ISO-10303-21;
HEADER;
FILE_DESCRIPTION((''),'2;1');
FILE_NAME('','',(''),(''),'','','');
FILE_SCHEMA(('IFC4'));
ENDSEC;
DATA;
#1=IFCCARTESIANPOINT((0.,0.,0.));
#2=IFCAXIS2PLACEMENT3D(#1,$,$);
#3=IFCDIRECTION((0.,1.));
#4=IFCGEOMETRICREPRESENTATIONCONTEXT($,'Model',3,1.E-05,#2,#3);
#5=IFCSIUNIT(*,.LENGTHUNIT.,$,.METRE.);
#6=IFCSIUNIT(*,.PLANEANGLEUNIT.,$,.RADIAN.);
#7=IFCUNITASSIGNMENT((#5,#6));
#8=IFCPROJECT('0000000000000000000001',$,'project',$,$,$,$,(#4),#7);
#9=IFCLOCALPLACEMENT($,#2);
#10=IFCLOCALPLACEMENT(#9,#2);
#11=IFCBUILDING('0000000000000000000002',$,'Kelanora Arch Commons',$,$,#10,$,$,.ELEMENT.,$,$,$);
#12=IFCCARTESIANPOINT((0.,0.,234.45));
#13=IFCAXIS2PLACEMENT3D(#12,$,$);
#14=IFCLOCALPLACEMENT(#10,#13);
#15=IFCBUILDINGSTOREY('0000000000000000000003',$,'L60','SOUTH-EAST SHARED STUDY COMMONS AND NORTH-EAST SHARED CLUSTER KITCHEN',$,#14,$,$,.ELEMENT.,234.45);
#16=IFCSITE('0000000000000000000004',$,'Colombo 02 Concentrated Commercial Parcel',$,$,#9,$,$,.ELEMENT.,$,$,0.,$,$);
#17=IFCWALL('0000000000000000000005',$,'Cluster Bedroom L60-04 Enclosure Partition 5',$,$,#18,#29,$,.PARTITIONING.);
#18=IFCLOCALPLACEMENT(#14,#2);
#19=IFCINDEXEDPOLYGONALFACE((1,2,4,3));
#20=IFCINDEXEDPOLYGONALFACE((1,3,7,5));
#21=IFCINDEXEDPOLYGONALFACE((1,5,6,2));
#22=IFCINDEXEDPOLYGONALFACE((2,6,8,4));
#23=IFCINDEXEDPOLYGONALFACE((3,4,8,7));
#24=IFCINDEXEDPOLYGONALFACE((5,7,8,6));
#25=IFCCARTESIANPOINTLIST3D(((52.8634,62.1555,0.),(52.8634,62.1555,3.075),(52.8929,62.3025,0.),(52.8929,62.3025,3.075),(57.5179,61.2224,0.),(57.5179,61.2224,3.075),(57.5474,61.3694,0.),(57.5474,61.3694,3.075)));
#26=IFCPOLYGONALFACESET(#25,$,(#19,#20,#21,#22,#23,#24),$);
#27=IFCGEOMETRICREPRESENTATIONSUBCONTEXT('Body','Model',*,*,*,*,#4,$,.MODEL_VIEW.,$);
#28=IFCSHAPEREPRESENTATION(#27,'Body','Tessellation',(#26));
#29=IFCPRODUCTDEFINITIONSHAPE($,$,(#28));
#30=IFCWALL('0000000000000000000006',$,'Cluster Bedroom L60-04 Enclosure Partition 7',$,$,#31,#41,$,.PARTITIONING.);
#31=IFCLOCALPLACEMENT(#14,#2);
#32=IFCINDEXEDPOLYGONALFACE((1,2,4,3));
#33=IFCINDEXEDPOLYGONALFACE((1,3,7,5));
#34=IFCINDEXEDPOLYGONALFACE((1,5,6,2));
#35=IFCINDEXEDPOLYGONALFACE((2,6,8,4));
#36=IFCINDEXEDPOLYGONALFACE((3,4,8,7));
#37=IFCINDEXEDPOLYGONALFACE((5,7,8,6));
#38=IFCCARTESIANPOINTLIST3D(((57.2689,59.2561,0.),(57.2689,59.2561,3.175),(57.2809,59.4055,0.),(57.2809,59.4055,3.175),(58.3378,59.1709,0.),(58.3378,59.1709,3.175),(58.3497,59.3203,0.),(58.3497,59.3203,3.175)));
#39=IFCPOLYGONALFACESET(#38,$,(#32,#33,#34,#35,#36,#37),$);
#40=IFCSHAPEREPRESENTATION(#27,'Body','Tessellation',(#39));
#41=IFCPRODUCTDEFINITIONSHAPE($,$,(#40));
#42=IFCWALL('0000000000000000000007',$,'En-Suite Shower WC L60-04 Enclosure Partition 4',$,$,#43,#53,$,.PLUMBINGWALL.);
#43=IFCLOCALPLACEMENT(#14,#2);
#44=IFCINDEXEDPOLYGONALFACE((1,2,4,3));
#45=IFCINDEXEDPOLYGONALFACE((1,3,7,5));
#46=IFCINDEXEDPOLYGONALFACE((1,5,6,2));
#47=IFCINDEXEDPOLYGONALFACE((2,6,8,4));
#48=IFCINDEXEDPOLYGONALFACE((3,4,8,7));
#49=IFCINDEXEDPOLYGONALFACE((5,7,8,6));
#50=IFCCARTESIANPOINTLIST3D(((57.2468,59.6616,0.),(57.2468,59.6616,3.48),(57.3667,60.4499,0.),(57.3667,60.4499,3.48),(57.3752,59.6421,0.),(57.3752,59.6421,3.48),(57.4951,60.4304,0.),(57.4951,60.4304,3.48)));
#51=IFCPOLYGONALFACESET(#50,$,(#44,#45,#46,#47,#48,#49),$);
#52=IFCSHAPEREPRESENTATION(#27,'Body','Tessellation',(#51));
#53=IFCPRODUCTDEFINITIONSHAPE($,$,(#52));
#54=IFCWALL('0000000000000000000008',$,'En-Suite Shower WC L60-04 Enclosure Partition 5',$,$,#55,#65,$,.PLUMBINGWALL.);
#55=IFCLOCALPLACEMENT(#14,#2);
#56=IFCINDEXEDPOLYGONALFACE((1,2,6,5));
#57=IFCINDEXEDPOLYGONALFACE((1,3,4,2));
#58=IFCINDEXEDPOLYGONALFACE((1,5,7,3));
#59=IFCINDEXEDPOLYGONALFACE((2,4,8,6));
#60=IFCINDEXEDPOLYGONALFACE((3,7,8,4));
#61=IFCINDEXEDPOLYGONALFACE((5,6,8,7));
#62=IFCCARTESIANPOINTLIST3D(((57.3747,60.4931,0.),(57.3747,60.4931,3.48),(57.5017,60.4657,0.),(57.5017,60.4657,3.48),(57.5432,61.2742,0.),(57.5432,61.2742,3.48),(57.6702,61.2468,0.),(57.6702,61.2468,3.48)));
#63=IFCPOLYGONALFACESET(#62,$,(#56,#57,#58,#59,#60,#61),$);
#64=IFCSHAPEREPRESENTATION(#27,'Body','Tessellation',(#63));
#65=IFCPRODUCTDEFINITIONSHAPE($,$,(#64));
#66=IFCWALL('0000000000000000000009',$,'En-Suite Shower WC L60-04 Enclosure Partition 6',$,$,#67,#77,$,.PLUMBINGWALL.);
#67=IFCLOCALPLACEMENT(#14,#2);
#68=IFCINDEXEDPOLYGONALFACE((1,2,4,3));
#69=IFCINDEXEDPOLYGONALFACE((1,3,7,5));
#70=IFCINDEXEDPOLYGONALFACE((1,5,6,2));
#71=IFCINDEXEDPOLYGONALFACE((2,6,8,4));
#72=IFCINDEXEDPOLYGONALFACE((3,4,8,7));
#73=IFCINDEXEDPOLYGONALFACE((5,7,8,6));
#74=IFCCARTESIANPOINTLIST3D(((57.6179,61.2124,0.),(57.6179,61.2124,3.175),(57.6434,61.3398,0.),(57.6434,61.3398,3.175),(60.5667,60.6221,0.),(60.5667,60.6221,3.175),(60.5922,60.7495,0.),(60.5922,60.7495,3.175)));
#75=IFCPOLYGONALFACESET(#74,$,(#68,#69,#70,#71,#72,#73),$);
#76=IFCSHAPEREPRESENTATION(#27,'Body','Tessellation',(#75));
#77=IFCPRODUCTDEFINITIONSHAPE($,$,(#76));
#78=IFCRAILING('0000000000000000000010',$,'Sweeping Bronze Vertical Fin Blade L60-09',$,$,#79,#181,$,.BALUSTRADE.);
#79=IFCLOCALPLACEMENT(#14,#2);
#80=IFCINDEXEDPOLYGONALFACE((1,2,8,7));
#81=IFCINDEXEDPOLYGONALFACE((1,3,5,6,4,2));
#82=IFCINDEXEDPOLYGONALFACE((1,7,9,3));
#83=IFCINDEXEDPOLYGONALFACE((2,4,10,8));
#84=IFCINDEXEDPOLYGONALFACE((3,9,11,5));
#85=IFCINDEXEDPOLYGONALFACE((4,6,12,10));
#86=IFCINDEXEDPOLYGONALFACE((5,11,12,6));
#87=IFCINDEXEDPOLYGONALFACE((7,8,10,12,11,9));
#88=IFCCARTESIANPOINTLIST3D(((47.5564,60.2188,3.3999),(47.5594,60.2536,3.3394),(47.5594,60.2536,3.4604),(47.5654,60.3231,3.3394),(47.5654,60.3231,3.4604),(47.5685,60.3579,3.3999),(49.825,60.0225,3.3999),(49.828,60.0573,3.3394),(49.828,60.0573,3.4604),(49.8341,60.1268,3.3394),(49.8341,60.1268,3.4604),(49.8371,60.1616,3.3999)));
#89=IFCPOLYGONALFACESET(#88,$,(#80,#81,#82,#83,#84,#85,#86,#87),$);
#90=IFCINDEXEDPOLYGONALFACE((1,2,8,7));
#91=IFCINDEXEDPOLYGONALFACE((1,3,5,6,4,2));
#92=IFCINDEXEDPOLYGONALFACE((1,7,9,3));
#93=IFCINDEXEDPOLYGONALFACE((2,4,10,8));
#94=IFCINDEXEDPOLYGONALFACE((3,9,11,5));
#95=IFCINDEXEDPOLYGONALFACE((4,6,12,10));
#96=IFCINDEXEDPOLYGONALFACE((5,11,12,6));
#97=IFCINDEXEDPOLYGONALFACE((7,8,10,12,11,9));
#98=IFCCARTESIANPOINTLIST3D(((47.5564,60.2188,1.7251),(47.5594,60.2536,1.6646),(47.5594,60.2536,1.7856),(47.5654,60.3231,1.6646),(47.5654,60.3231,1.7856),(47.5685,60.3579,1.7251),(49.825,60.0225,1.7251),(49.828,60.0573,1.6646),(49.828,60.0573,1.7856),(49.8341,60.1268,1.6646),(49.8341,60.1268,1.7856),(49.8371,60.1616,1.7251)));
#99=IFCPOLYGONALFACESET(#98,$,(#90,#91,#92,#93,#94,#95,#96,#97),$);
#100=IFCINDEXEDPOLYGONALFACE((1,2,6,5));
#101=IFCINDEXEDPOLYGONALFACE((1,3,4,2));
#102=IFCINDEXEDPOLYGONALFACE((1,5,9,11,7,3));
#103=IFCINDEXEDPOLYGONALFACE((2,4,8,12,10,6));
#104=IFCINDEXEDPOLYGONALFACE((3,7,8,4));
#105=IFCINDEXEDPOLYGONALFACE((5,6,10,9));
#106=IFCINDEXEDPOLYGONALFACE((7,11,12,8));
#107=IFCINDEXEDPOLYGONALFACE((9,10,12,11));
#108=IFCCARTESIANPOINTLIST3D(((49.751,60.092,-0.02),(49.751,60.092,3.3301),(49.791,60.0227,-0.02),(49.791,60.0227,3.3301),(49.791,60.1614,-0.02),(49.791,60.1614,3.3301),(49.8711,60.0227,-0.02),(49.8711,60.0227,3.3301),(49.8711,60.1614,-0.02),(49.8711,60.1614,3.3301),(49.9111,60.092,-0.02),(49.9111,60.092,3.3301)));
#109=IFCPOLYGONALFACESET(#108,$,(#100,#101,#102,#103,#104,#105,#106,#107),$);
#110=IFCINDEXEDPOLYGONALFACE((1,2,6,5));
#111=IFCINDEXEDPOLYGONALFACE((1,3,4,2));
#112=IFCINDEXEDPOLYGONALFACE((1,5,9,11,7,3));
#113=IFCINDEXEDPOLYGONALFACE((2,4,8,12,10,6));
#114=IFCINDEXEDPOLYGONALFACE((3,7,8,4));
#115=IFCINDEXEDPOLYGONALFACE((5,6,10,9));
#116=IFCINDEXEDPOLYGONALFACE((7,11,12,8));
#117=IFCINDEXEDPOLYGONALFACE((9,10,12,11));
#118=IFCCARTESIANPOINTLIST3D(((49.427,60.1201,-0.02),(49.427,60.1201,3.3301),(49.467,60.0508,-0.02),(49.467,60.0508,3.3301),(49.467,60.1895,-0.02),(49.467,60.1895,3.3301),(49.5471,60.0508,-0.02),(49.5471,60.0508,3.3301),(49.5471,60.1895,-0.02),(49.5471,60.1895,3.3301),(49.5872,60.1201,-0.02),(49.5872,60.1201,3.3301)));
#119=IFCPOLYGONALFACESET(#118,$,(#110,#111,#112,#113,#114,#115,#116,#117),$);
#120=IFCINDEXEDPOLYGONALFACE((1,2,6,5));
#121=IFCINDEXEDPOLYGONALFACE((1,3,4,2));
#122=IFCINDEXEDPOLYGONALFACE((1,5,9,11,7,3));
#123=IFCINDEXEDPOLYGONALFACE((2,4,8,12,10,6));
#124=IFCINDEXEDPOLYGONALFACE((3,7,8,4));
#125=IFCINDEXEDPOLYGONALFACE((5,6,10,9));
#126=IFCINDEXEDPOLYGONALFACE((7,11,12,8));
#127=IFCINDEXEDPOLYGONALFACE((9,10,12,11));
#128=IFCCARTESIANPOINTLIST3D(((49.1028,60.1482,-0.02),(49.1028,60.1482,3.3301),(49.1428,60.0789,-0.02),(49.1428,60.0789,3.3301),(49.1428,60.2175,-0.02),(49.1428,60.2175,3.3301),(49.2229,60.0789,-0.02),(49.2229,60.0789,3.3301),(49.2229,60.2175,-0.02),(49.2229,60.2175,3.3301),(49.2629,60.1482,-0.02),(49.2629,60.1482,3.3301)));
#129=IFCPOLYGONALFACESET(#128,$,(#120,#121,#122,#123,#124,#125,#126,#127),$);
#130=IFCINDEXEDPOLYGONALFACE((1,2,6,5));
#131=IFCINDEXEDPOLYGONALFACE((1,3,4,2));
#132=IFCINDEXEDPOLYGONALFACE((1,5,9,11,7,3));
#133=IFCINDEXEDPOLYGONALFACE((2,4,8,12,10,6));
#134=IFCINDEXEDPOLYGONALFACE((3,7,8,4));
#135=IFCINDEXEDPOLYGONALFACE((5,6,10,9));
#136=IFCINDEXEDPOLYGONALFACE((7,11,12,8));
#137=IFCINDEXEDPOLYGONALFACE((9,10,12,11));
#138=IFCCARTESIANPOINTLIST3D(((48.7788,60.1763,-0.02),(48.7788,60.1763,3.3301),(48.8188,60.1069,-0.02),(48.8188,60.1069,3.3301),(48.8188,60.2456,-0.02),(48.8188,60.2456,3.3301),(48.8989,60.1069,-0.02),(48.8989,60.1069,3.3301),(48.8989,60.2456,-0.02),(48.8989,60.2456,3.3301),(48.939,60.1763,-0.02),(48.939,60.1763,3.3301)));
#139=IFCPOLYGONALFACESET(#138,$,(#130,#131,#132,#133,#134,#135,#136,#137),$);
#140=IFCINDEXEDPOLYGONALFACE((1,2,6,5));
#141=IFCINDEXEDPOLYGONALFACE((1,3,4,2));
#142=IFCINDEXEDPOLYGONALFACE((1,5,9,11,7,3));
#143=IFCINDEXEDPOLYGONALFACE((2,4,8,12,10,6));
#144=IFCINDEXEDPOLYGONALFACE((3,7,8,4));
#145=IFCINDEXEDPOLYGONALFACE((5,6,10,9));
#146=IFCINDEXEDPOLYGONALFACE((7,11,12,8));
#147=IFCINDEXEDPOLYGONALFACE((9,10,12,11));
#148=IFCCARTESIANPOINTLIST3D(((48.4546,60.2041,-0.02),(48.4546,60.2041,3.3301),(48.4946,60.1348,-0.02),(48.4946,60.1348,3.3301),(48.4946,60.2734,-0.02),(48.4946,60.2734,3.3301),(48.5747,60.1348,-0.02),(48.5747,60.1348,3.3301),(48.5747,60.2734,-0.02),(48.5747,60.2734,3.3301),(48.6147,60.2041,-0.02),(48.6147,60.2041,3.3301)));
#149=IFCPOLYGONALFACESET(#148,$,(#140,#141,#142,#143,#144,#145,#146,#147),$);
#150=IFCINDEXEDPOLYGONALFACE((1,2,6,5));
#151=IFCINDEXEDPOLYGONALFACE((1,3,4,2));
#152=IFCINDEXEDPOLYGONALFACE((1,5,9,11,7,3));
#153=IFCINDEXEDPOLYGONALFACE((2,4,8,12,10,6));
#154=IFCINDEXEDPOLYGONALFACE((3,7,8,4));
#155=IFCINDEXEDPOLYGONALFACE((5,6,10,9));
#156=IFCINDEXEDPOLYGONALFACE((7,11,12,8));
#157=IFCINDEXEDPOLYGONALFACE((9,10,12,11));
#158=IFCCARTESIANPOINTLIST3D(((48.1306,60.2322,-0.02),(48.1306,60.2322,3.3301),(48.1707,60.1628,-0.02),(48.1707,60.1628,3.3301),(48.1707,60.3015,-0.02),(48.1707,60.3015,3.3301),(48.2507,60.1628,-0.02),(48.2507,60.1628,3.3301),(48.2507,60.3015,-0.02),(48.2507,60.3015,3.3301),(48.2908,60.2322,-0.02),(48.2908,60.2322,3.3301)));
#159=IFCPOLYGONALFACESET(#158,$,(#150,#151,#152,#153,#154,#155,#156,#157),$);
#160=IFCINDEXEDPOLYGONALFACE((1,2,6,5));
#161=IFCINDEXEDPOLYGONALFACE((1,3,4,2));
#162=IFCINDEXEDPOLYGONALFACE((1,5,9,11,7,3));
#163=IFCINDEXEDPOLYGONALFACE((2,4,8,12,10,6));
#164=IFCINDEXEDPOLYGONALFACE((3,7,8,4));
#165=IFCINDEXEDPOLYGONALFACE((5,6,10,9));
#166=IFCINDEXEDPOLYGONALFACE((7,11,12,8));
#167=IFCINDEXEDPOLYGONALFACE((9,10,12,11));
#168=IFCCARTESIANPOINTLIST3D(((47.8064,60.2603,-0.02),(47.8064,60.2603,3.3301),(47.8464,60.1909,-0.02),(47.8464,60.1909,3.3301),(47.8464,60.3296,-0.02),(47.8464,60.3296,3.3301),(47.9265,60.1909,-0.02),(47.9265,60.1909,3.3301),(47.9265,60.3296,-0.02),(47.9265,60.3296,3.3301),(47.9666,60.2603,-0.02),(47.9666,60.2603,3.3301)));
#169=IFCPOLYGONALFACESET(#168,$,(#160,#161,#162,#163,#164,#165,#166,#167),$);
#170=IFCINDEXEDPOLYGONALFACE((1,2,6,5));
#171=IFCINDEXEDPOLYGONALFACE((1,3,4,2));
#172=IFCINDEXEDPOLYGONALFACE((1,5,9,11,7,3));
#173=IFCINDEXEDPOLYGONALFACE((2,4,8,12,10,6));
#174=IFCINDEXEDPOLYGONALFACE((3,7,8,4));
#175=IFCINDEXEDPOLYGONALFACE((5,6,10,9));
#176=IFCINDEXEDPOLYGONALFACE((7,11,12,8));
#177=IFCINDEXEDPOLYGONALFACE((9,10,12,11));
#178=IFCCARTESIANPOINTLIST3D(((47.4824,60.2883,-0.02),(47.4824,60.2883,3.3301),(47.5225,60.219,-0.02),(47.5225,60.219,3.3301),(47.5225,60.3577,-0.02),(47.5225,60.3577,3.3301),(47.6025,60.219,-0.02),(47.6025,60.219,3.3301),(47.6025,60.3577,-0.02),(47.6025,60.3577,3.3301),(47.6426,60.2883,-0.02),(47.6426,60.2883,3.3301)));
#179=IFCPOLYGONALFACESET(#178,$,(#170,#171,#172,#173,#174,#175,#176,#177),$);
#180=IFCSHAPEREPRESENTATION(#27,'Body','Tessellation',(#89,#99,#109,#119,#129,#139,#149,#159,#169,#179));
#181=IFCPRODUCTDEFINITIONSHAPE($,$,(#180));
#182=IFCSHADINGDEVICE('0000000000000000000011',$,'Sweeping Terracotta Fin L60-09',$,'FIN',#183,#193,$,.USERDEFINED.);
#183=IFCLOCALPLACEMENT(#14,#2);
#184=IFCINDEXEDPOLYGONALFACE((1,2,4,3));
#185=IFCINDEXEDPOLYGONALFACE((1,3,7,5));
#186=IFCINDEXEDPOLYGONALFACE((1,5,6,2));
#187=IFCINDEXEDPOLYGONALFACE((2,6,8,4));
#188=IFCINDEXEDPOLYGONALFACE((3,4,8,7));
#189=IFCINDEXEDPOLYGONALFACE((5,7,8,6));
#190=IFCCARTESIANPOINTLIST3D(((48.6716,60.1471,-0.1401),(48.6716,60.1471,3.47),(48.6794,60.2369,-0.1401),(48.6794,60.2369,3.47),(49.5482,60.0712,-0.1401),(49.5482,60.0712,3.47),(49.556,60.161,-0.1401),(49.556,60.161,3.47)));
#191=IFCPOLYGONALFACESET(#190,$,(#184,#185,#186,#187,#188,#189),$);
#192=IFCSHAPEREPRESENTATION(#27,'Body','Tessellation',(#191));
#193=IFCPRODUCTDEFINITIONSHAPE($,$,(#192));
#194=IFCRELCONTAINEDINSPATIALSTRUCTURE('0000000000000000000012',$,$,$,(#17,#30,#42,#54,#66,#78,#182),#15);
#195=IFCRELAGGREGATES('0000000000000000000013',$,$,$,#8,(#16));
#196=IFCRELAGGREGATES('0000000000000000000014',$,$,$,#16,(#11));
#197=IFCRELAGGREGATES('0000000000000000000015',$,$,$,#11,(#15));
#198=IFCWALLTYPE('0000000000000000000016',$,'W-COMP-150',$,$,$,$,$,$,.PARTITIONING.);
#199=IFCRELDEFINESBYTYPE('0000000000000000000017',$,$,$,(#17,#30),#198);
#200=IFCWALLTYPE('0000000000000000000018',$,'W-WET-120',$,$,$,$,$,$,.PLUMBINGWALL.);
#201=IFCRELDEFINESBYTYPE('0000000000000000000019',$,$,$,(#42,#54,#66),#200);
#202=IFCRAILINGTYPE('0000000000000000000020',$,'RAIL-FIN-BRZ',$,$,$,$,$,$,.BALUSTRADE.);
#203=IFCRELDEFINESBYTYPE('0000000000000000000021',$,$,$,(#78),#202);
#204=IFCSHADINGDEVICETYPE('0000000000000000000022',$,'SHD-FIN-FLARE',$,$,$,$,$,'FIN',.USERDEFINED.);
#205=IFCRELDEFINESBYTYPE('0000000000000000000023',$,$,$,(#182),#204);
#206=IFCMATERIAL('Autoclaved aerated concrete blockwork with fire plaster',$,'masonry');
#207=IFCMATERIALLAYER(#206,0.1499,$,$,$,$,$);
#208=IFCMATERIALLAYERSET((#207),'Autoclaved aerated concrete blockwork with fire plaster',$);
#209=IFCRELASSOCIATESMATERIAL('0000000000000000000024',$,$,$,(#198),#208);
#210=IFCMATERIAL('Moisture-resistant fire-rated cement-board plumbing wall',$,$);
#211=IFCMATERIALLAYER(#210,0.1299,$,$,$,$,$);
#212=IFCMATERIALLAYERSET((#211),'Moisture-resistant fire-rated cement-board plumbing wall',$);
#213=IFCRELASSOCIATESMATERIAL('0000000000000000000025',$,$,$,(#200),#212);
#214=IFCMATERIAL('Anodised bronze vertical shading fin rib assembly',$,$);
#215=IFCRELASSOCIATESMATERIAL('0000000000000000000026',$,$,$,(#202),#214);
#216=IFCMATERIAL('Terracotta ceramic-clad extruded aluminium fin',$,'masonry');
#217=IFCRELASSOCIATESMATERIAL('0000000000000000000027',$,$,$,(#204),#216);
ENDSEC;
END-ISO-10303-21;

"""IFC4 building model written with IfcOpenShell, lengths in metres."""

from ifc_helpers import new_model, si_unit, direction, frame, frame_2d, origin, origin_2d, place, context, subcontext, project, spatial, polyline, rectangle, outline, extrude, source, transform, mapped, material, layer, layer_set, type_object, element, save


model = new_model("IFC4")

# Units and contexts
model_context = context("Model", 3, precision=1e-05, world=origin(), true_north=direction((0.0, 1.0)))
body_context = subcontext(model_context, "Body", "Model", "MODEL_VIEW")
ifc_project = project(units=[si_unit("LENGTHUNIT", "METRE"), si_unit("PLANEANGLEUNIT", "RADIAN")], contexts=[model_context])

# Site, building, storey
site_placement = place(None, origin())
site = spatial("IfcSite", under=ifc_project, at=site_placement, Name="Colombo 02 Concentrated Commercial Parcel", CompositionType="ELEMENT", RefElevation=0.0)
building_placement = place(site_placement, origin())
building = spatial("IfcBuilding", under=site, at=building_placement, Name="Kelanora Arch Commons", CompositionType="ELEMENT")
storey_placement = place(building_placement, frame((0.0, 0.0, 234.45)))
storey = spatial("IfcBuildingStorey", under=building, at=storey_placement, Name="L60", Description="SOUTH-EAST SHARED STUDY COMMONS AND NORTH-EAST SHARED CLUSTER KITCHEN", CompositionType="ELEMENT", Elevation=234.45)

# Walls
ifc_material_1 = material(Name="Autoclaved aerated concrete blockwork with fire plaster", Category="masonry")
ifc_layer_1 = layer(ifc_material_1, 0.1499)
ifc_layer_set_1 = layer_set([ifc_layer_1], Name="Autoclaved aerated concrete blockwork with fire plaster")
wall_type_1 = type_object("IfcWallType", Name="W-COMP-150", PredefinedType="PARTITIONING", material=ifc_layer_set_1)
wall_1_placement = place(storey_placement, frame((52.8782, 62.229, 0.0), z_axis=(0.0, 0.0, 1.0), x_axis=(0.980492, -0.196561, 0.0)))
element("IfcWall", 1, at=wall_1_placement, inside=storey, type_object=wall_type_1, Name="Cluster Bedroom L60-04 Enclosure Partition 5", PredefinedType="PARTITIONING", context=body_context, shape_type="SweptSolid", body=[
    extrude(rectangle(XDim=4.7471, YDim=0.1499, at=frame_2d((2.3735, 0.0))), origin(), (0.0, 0.0, 1.0), 3.075),
])
wall_2_placement = place(storey_placement, frame((57.2749, 59.3308, 0.0), z_axis=(0.0, 0.0, 1.0), x_axis=(0.996838, -0.079465, 0.0)))
element("IfcWall", 2, at=wall_2_placement, inside=storey, type_object=wall_type_1, Name="Cluster Bedroom L60-04 Enclosure Partition 7", PredefinedType="PARTITIONING", context=body_context, shape_type="SweptSolid", body=[
    extrude(rectangle(XDim=1.0723, YDim=0.1499, at=frame_2d((0.5361, 0.0))), origin(), (0.0, 0.0, 1.0), 3.175),
])
ifc_material_2 = material(Name="Moisture-resistant fire-rated cement-board plumbing wall")
ifc_layer_2 = layer(ifc_material_2, 0.1299)
ifc_layer_set_2 = layer_set([ifc_layer_2], Name="Moisture-resistant fire-rated cement-board plumbing wall")
wall_type_2 = type_object("IfcWallType", Name="W-WET-120", PredefinedType="PLUMBINGWALL", material=ifc_layer_set_2)
wall_3_placement = place(storey_placement, frame((57.311, 59.6519, 0.0), z_axis=(0.0, 0.0, 1.0), x_axis=(0.150331, 0.988636, 0.0)))
element("IfcWall", 3, at=wall_3_placement, inside=storey, type_object=wall_type_2, Name="En-Suite Shower WC L60-04 Enclosure Partition 4", PredefinedType="PLUMBINGWALL", context=body_context, shape_type="SweptSolid", body=[
    extrude(rectangle(XDim=0.7974, YDim=0.1299, at=frame_2d((0.3987, 0.0))), origin(), (0.0, 0.0, 1.0), 3.48),
])
wall_4_placement = place(storey_placement, frame((57.4382, 60.4795, 0.0), z_axis=(0.0, 0.0, 1.0), x_axis=(0.210844, 0.97752, 0.0)))
element("IfcWall", 4, at=wall_4_placement, inside=storey, type_object=wall_type_2, Name="En-Suite Shower WC L60-04 Enclosure Partition 5", PredefinedType="PLUMBINGWALL", context=body_context, shape_type="SweptSolid", body=[
    extrude(rectangle(XDim=0.7991, YDim=0.1299, at=frame_2d((0.3994, 0.0))), origin(), (0.0, 0.0, 1.0), 3.48),
])
wall_5_placement = place(storey_placement, frame((57.6306, 61.2761, 0.0), z_axis=(0.0, 0.0, 1.0), x_axis=(0.980543, -0.196303, 0.0)))
element("IfcWall", 5, at=wall_5_placement, inside=storey, type_object=wall_type_2, Name="En-Suite Shower WC L60-04 Enclosure Partition 6", PredefinedType="PLUMBINGWALL", context=body_context, shape_type="SweptSolid", body=[
    extrude(rectangle(XDim=3.0073, YDim=0.1299, at=frame_2d((1.5037, 0.0))), origin(), (0.0, 0.0, 1.0), 3.175),
])

# Railing
ifc_material_3 = material(Name="Anodised bronze vertical shading fin rib assembly")
railing_type = type_object("IfcRailingType", Name="RAIL-FIN-BRZ", PredefinedType="BALUSTRADE", material=ifc_material_3)
railing_placement = place(storey_placement, frame((49.8311, 60.092, -0.02)))
element("IfcRailing", 6, at=railing_placement, inside=storey, type_object=railing_type, Name="Sweeping Bronze Vertical Fin Blade L60-09", PredefinedType="BALUSTRADE", context=body_context, shape_type="SweptSolid", body=[
    extrude(outline(polyline([(0.0698, 0.0), (0.0349, 0.0605), (-0.0349, 0.0605), (-0.0698, 0.0), (-0.0349, -0.0605), (0.0349, -0.0605), (0.0698, 0.0)])), frame((0.0, 0.0, 3.4199), z_axis=(-0.996278, 0.086204, 0.0), x_axis=(-0.086204, -0.996278, 0.0)), (0.0, 0.0, 1.0), 2.2771),
    extrude(outline(polyline([(0.0698, 0.0), (0.0349, 0.0605), (-0.0349, 0.0605), (-0.0698, 0.0), (-0.0349, -0.0605), (0.0349, -0.0605), (0.0698, 0.0)])), frame((0.0, 0.0, 1.7451), z_axis=(-0.996278, 0.086204, 0.0), x_axis=(-0.086204, -0.996278, 0.0)), (0.0, 0.0, 1.0), 2.2771),
    extrude(outline(polyline([(0.0801, 0.0), (0.04, 0.0693), (-0.04, 0.0693), (-0.0801, 0.0), (-0.04, -0.0693), (0.04, -0.0693), (0.0801, 0.0)])), origin(), (0.0, 0.0, 1.0), 3.3501),
    extrude(outline(polyline([(0.0801, 0.0), (0.04, 0.0693), (-0.04, 0.0693), (-0.0801, 0.0), (-0.04, -0.0693), (0.04, -0.0693), (0.0801, 0.0)])), frame((-0.324, 0.0281, 0.0)), (0.0, 0.0, 1.0), 3.3501),
    extrude(outline(polyline([(0.0801, 0.0), (0.04, 0.0693), (-0.04, 0.0693), (-0.0801, 0.0), (-0.04, -0.0693), (0.04, -0.0693), (0.0801, 0.0)])), frame((-0.6482, 0.0562, 0.0)), (0.0, 0.0, 1.0), 3.3501),
    extrude(outline(polyline([(0.0801, 0.0), (0.04, 0.0693), (-0.04, 0.0693), (-0.0801, 0.0), (-0.04, -0.0693), (0.04, -0.0693), (0.0801, 0.0)])), frame((-0.9722, 0.0842, 0.0)), (0.0, 0.0, 1.0), 3.3501),
    extrude(outline(polyline([(0.0801, 0.0), (0.04, 0.0693), (-0.04, 0.0693), (-0.0801, 0.0), (-0.04, -0.0693), (0.04, -0.0693), (0.0801, 0.0)])), frame((-1.2964, 0.1121, 0.0)), (0.0, 0.0, 1.0), 3.3501),
    extrude(outline(polyline([(0.0801, 0.0), (0.04, 0.0693), (-0.04, 0.0693), (-0.0801, 0.0), (-0.04, -0.0693), (0.04, -0.0693), (0.0801, 0.0)])), frame((-1.6204, 0.1401, 0.0)), (0.0, 0.0, 1.0), 3.3501),
    extrude(outline(polyline([(0.0801, 0.0), (0.04, 0.0693), (-0.04, 0.0693), (-0.0801, 0.0), (-0.04, -0.0693), (0.04, -0.0693), (0.0801, 0.0)])), frame((-1.9446, 0.1682, 0.0)), (0.0, 0.0, 1.0), 3.3501),
    extrude(outline(polyline([(0.0801, 0.0), (0.04, 0.0693), (-0.04, 0.0693), (-0.0801, 0.0), (-0.04, -0.0693), (0.04, -0.0693), (0.0801, 0.0)])), frame((-2.2686, 0.1963, 0.0)), (0.0, 0.0, 1.0), 3.3501),
])

# Shading device
ifc_material_4 = material(Name="Terracotta ceramic-clad extruded aluminium fin", Category="masonry")
shading_device_type = type_object("IfcShadingDeviceType", Name="SHD-FIN-FLARE", ElementType="FIN", PredefinedType="USERDEFINED", material=ifc_material_4)
shared_shape_1 = source(origin(), body_context, "Body", "SweptSolid", [
    extrude(rectangle(XDim=0.8799, YDim=0.0901, at=origin_2d()), origin(), (0.0, 0.0, 1.0), 3.6101),
])
shading_device_placement = place(storey_placement, frame((49.1138, 60.1541, -0.1401), z_axis=(0.0, 0.0, 1.0), x_axis=(-0.99627, 0.086286, 0.0)))
element("IfcShadingDevice", 7, at=shading_device_placement, inside=storey, type_object=shading_device_type, Name="Sweeping Terracotta Fin L60-09", ObjectType="FIN", PredefinedType="USERDEFINED", context=body_context, shape_type="MappedRepresentation", body=[
    mapped(shared_shape_1, transform((0.0, 0.0, 0.0), scale=1.0)),
])

save(model, "model.ifc")
